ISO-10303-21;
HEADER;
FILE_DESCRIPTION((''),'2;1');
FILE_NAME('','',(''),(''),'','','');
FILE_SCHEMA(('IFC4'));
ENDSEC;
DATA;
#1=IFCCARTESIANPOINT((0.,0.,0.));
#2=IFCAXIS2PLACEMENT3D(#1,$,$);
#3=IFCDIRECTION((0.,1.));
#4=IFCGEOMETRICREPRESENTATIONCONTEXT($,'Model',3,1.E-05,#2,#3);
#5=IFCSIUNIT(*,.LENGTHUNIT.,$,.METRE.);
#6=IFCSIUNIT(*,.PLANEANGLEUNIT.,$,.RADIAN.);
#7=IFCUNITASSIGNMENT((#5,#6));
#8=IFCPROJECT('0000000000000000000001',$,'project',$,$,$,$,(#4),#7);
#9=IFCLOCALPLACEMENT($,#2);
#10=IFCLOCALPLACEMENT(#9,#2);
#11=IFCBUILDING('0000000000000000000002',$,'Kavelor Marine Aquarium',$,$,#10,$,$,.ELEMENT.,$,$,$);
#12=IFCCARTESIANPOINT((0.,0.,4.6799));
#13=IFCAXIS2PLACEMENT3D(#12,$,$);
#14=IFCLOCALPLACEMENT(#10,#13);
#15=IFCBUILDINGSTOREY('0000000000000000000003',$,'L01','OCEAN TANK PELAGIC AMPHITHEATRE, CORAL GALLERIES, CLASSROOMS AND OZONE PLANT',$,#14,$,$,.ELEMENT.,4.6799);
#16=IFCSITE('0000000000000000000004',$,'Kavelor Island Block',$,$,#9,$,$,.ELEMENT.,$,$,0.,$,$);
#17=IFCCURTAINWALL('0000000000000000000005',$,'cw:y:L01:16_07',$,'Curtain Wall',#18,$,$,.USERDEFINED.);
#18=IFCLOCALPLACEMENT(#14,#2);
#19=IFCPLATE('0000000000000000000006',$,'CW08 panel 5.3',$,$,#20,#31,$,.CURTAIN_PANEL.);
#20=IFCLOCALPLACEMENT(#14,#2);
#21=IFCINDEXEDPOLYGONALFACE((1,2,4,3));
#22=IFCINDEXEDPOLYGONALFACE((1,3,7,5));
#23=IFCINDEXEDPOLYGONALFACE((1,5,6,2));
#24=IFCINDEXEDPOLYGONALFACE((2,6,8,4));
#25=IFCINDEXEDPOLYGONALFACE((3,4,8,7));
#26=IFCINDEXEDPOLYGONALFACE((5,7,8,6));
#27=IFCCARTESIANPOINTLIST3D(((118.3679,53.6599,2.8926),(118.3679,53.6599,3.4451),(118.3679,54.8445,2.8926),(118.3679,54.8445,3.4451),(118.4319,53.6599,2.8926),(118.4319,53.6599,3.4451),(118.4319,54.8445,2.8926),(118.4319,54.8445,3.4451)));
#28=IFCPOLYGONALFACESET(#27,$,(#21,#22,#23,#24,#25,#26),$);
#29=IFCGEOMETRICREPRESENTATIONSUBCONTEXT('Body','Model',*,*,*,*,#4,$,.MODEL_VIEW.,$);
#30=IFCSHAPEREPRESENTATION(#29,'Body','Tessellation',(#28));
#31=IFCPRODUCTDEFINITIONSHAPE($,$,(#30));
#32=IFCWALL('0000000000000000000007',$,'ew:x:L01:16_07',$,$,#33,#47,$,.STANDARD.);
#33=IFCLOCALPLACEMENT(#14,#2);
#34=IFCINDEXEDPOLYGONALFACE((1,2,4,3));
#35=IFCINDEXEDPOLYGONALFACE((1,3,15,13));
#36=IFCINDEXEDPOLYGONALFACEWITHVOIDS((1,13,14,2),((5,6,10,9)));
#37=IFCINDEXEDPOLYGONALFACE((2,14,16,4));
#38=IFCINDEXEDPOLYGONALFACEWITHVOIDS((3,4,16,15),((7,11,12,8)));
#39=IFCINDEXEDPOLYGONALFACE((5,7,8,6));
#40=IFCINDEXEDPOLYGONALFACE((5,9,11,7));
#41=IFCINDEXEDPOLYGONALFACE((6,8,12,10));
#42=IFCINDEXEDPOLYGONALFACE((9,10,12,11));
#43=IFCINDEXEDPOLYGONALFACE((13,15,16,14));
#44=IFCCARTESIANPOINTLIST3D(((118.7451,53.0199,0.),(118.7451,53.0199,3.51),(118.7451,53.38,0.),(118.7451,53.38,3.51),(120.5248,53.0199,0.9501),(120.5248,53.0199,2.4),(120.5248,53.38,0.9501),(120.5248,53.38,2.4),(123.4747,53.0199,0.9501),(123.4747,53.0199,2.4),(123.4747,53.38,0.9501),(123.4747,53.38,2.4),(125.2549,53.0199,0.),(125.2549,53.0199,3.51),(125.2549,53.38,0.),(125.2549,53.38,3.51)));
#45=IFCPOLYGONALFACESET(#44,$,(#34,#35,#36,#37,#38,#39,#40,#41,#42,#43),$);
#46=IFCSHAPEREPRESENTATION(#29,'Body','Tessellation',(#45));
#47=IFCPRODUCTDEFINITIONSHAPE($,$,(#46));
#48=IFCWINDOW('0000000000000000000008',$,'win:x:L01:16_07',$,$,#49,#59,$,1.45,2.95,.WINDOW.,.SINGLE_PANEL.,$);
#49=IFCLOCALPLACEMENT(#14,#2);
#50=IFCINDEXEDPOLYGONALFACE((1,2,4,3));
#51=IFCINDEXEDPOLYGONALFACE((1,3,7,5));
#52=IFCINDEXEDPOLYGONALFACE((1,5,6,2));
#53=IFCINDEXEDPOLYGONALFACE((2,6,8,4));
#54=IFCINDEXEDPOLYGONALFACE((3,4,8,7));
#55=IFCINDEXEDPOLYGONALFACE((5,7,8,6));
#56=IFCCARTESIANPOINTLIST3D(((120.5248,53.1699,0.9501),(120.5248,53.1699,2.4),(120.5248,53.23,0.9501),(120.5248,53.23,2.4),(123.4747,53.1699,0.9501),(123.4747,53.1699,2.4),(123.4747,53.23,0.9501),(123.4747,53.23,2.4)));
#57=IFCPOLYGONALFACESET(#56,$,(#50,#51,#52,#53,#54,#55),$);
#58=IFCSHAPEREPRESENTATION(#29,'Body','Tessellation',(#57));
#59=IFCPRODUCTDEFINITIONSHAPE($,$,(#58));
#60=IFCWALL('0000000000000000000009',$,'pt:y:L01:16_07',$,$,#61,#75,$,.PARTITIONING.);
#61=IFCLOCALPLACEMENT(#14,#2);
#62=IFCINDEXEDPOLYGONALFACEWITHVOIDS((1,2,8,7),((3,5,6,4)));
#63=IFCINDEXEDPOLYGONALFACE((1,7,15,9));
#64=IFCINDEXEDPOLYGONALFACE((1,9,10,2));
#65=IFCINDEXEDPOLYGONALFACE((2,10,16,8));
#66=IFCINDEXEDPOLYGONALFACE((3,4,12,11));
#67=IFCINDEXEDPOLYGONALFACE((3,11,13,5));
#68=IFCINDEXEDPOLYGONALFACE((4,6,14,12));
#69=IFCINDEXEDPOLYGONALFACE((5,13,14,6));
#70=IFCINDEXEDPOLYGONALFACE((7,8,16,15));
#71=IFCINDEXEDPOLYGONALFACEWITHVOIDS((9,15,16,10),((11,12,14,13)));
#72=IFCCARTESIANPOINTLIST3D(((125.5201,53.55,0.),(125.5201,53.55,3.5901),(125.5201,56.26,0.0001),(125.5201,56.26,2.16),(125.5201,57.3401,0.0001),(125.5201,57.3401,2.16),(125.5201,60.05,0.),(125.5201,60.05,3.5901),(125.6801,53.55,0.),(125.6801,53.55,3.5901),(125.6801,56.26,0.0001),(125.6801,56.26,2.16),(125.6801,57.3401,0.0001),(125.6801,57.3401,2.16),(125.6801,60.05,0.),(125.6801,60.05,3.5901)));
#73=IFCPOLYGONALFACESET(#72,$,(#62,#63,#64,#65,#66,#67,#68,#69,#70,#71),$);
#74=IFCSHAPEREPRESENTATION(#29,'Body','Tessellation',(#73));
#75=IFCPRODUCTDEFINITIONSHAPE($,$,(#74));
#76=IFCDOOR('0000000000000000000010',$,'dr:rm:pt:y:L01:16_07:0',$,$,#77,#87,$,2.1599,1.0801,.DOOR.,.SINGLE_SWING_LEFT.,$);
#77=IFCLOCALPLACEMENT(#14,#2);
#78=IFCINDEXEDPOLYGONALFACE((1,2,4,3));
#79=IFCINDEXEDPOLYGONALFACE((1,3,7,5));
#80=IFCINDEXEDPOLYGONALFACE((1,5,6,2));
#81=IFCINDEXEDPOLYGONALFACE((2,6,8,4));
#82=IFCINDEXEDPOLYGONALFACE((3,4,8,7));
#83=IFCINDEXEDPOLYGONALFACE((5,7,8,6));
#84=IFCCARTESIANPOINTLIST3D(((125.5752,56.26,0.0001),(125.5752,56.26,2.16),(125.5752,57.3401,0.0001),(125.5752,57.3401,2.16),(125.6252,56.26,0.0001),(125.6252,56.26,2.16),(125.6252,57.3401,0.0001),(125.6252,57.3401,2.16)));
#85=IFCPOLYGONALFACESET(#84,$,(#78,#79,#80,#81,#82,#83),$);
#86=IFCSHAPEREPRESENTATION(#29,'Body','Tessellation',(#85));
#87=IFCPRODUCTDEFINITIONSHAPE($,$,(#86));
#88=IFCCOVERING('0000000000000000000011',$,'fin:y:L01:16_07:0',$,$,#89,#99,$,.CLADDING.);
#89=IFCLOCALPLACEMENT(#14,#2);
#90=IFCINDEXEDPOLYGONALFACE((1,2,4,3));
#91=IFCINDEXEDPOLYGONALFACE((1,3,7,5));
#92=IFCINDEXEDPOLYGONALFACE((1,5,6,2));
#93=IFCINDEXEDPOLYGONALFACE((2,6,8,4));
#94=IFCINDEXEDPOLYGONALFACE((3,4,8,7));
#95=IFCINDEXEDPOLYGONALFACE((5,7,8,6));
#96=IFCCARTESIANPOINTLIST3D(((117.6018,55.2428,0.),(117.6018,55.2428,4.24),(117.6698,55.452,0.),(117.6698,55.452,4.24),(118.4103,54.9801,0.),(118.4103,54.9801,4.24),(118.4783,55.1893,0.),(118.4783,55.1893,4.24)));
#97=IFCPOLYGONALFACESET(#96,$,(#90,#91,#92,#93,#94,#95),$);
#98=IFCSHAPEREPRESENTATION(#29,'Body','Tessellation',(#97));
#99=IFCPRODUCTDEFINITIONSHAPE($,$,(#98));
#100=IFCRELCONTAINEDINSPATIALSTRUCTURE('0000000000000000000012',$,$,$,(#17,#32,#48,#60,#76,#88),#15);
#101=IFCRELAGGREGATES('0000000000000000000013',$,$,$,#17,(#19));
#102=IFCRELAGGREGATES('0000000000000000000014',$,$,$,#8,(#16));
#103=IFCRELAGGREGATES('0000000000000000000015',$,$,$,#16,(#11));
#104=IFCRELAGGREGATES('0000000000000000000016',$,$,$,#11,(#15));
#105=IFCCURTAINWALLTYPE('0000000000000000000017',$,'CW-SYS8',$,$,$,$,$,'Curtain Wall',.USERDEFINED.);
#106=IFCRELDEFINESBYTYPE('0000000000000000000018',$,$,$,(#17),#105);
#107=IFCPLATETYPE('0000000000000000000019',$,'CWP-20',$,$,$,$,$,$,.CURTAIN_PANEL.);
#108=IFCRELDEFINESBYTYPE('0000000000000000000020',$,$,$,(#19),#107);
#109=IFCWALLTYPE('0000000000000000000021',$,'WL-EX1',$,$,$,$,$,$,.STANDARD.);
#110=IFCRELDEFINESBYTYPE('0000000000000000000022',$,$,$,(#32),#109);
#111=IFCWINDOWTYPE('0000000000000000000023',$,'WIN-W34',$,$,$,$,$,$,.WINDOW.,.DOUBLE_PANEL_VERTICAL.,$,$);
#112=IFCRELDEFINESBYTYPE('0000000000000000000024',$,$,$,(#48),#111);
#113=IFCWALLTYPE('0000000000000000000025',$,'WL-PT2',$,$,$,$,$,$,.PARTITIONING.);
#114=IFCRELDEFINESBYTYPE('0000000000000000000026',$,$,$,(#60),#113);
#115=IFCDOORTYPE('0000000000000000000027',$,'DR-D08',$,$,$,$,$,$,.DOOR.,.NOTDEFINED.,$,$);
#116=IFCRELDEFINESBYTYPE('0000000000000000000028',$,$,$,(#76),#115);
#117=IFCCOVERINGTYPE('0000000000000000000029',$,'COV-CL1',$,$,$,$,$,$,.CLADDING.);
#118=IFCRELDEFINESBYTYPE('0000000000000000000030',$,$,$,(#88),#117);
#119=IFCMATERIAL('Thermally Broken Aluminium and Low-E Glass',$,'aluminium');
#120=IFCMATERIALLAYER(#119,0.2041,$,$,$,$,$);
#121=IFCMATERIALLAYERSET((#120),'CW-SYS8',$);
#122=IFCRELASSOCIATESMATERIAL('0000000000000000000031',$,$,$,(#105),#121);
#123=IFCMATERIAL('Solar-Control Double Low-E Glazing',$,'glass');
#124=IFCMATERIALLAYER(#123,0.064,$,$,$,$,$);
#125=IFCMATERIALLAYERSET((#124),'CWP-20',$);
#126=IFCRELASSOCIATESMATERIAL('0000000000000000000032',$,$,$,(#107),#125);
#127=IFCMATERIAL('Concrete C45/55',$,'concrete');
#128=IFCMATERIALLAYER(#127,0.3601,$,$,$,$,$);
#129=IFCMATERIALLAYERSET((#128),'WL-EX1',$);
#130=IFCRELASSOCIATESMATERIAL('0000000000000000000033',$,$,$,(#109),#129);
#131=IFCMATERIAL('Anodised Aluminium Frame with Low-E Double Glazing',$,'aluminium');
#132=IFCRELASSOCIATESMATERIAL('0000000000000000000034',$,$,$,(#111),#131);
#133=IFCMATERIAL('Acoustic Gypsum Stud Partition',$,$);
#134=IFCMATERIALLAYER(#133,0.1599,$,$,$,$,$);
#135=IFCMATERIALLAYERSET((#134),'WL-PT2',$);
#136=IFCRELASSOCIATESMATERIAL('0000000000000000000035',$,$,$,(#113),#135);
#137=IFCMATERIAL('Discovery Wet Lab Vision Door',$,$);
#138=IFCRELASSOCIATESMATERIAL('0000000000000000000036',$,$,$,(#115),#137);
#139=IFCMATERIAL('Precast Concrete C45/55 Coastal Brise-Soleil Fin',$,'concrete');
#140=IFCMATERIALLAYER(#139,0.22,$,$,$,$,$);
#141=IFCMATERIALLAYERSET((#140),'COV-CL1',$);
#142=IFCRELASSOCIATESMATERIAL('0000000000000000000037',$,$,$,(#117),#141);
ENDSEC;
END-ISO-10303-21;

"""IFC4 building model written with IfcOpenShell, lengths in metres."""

from ifc_helpers import new_model, si_unit, direction, frame, frame_2d, origin, origin_2d, place, context, subcontext, project, spatial, rectangle, extrude, material, layer, layer_set, type_object, element, fill, aggregate, save


model = new_model("IFC4")

# Units and contexts
model_context = context("Model", 3, precision=1e-05, world=origin(), true_north=direction((0.0, 1.0)))
body_context = subcontext(model_context, "Body", "Model", "MODEL_VIEW")
ifc_project = project(units=[si_unit("LENGTHUNIT", "METRE"), si_unit("PLANEANGLEUNIT", "RADIAN")], contexts=[model_context])

# Site, building, storey
site_placement = place(None, origin())
site = spatial("IfcSite", under=ifc_project, at=site_placement, Name="Kavelor Island Block", CompositionType="ELEMENT", RefElevation=0.0)
building_placement = place(site_placement, origin())
building = spatial("IfcBuilding", under=site, at=building_placement, Name="Kavelor Marine Aquarium", CompositionType="ELEMENT")
storey_placement = place(building_placement, frame((0.0, 0.0, 4.6799)))
storey = spatial("IfcBuildingStorey", under=building, at=storey_placement, Name="L01", Description="OCEAN TANK PELAGIC AMPHITHEATRE, CORAL GALLERIES, CLASSROOMS AND OZONE PLANT", CompositionType="ELEMENT", Elevation=4.6799)

# Curtain wall
ifc_material_1 = material(Name="Thermally Broken Aluminium and Low-E Glass", Category="aluminium")
ifc_layer_1 = layer(ifc_material_1, 0.2041)
ifc_layer_set_1 = layer_set([ifc_layer_1], Name="CW-SYS8")
curtain_wall_type = type_object("IfcCurtainWallType", Name="CW-SYS8", ElementType="Curtain Wall", PredefinedType="USERDEFINED", material=ifc_layer_set_1)
curtain_wall_placement = place(storey_placement, origin())
curtain_wall = element("IfcCurtainWall", 1, at=curtain_wall_placement, inside=storey, type_object=curtain_wall_type, Name="cw:y:L01:16_07", ObjectType="Curtain Wall", PredefinedType="USERDEFINED")

# Plate
ifc_material_2 = material(Name="Solar-Control Double Low-E Glazing", Category="glass")
ifc_layer_2 = layer(ifc_material_2, 0.064)
ifc_layer_set_2 = layer_set([ifc_layer_2], Name="CWP-20")
plate_type = type_object("IfcPlateType", Name="CWP-20", PredefinedType="CURTAIN_PANEL", material=ifc_layer_set_2)
plate_1_placement = place(storey_placement, frame((118.3999, 54.2522, 2.8926), z_axis=(0.0, 0.0, 1.0), x_axis=(0.0, -1.0, 0.0)))
plate_1 = element("IfcPlate", 2, at=plate_1_placement, type_object=plate_type, Name="CW08 panel 5.3", PredefinedType="CURTAIN_PANEL", context=body_context, shape_type="SweptSolid", body=[
    extrude(rectangle(XDim=1.1846, YDim=0.064, at=origin_2d()), origin(), (0.0, 0.0, 1.0), 0.5525),
])
aggregate(curtain_wall, [plate_1])

# Wall, opening, window
ifc_material_3 = material(Name="Concrete C45/55", Category="concrete")
ifc_layer_3 = layer(ifc_material_3, 0.3601)
ifc_layer_set_3 = layer_set([ifc_layer_3], Name="WL-EX1")
wall_type_1 = type_object("IfcWallType", Name="WL-EX1", PredefinedType="STANDARD", material=ifc_layer_set_3)
wall_1_placement = place(storey_placement, frame((125.2549, 53.2, 0.0), z_axis=(0.0, 0.0, 1.0), x_axis=(-1.0, 0.0, 0.0)))
wall_1 = element("IfcWall", 3, at=wall_1_placement, inside=storey, type_object=wall_type_1, Name="ew:x:L01:16_07", PredefinedType="STANDARD", context=body_context, shape_type="SweptSolid", body=[
    extrude(rectangle(XDim=6.5098, YDim=0.3601, at=frame_2d((3.2549, 0.0))), origin(), (0.0, 0.0, 1.0), 3.51),
])
opening_1_placement = place(wall_1_placement, frame((1.78, 0.0, 0.95)))
opening_1 = element("IfcOpeningElement", 4, at=opening_1_placement, cuts=wall_1, PredefinedType="OPENING", context=body_context, shape_type="SweptSolid", body=[
    extrude(rectangle(XDim=2.95, YDim=1.45, at=frame_2d((1.4751, 0.7251))), frame((0.0, 0.1899, 0.0), z_axis=(0.0, -1.0, 0.0), x_axis=(1.0, 0.0, 0.0)), (0.0, 0.0, 1.0), 0.3801),
])
ifc_material_4 = material(Name="Anodised Aluminium Frame with Low-E Double Glazing", Category="aluminium")
window_type = type_object("IfcWindowType", Name="WIN-W34", PartitioningType="DOUBLE_PANEL_VERTICAL", PredefinedType="WINDOW", material=ifc_material_4)
window_placement = place(opening_1_placement, origin())
window = element("IfcWindow", 5, at=window_placement, inside=storey, type_object=window_type, Name="win:x:L01:16_07", OverallHeight=1.45, OverallWidth=2.95, PartitioningType="SINGLE_PANEL", PredefinedType="WINDOW", context=body_context, shape_type="SweptSolid", body=[
    extrude(rectangle(XDim=2.95, YDim=1.45, at=frame_2d((1.4751, 0.7251))), frame((0.0, 0.03, 0.0), z_axis=(0.0, -1.0, 0.0), x_axis=(1.0, 0.0, 0.0)), (0.0, 0.0, 1.0), 0.0601),
])
fill(opening_1, window)

# Wall, opening, door
ifc_material_5 = material(Name="Acoustic Gypsum Stud Partition")
ifc_layer_4 = layer(ifc_material_5, 0.1599)
ifc_layer_set_4 = layer_set([ifc_layer_4], Name="WL-PT2")
wall_type_2 = type_object("IfcWallType", Name="WL-PT2", PredefinedType="PARTITIONING", material=ifc_layer_set_4)
wall_2_placement = place(storey_placement, frame((125.6001, 53.55, 0.0), z_axis=(0.0, 0.0, 1.0), x_axis=(0.0, 1.0, 0.0)))
wall_2 = element("IfcWall", 6, at=wall_2_placement, inside=storey, type_object=wall_type_2, Name="pt:y:L01:16_07", PredefinedType="PARTITIONING", context=body_context, shape_type="SweptSolid", body=[
    extrude(rectangle(XDim=6.5, YDim=0.1599, at=frame_2d((3.25, 0.0))), origin(), (0.0, 0.0, 1.0), 3.5901),
])
opening_2_placement = place(wall_2_placement, frame((2.71, 0.0, 0.0)))
opening_2 = element("IfcOpeningElement", 7, at=opening_2_placement, cuts=wall_2, PredefinedType="OPENING", context=body_context, shape_type="SweptSolid", body=[
    extrude(rectangle(XDim=1.0801, YDim=2.1599, at=frame_2d((0.54, 1.0801))), frame((0.0, 0.0898, 0.0), z_axis=(0.0, -1.0, 0.0), x_axis=(1.0, 0.0, 0.0)), (0.0, 0.0, 1.0), 0.1799),
])
ifc_material_6 = material(Name="Discovery Wet Lab Vision Door")
door_type = type_object("IfcDoorType", Name="DR-D08", OperationType="NOTDEFINED", PredefinedType="DOOR", material=ifc_material_6)
door_placement = place(opening_2_placement, origin())
door = element("IfcDoor", 8, at=door_placement, inside=storey, type_object=door_type, Name="dr:rm:pt:y:L01:16_07:0", OperationType="SINGLE_SWING_LEFT", OverallHeight=2.1599, OverallWidth=1.0801, PredefinedType="DOOR", context=body_context, shape_type="SweptSolid", body=[
    extrude(rectangle(XDim=1.0801, YDim=2.1599, at=frame_2d((0.54, 1.0801))), frame((0.0, 0.0249, 0.0), z_axis=(0.0, -1.0, 0.0), x_axis=(1.0, 0.0, 0.0)), (0.0, 0.0, 1.0), 0.05),
])
fill(opening_2, door)

# Covering
ifc_material_7 = material(Name="Precast Concrete C45/55 Coastal Brise-Soleil Fin", Category="concrete")
ifc_layer_5 = layer(ifc_material_7, 0.22)
ifc_layer_set_5 = layer_set([ifc_layer_5], Name="COV-CL1")
covering_type = type_object("IfcCoveringType", Name="COV-CL1", PredefinedType="CLADDING", material=ifc_layer_set_5)
covering_placement = place(storey_placement, frame((118.04, 55.2161, 0.0), z_axis=(0.0, 0.0, 1.0), x_axis=(0.951057, -0.309017, 0.0)))
element("IfcCovering", 9, at=covering_placement, inside=storey, type_object=covering_type, Name="fin:y:L01:16_07:0", PredefinedType="CLADDING", context=body_context, shape_type="SweptSolid", body=[
    extrude(rectangle(XDim=0.8501, YDim=0.22, at=origin_2d()), origin(), (0.0, 0.0, 1.0), 4.24),
])

save(model, "model.ifc")
